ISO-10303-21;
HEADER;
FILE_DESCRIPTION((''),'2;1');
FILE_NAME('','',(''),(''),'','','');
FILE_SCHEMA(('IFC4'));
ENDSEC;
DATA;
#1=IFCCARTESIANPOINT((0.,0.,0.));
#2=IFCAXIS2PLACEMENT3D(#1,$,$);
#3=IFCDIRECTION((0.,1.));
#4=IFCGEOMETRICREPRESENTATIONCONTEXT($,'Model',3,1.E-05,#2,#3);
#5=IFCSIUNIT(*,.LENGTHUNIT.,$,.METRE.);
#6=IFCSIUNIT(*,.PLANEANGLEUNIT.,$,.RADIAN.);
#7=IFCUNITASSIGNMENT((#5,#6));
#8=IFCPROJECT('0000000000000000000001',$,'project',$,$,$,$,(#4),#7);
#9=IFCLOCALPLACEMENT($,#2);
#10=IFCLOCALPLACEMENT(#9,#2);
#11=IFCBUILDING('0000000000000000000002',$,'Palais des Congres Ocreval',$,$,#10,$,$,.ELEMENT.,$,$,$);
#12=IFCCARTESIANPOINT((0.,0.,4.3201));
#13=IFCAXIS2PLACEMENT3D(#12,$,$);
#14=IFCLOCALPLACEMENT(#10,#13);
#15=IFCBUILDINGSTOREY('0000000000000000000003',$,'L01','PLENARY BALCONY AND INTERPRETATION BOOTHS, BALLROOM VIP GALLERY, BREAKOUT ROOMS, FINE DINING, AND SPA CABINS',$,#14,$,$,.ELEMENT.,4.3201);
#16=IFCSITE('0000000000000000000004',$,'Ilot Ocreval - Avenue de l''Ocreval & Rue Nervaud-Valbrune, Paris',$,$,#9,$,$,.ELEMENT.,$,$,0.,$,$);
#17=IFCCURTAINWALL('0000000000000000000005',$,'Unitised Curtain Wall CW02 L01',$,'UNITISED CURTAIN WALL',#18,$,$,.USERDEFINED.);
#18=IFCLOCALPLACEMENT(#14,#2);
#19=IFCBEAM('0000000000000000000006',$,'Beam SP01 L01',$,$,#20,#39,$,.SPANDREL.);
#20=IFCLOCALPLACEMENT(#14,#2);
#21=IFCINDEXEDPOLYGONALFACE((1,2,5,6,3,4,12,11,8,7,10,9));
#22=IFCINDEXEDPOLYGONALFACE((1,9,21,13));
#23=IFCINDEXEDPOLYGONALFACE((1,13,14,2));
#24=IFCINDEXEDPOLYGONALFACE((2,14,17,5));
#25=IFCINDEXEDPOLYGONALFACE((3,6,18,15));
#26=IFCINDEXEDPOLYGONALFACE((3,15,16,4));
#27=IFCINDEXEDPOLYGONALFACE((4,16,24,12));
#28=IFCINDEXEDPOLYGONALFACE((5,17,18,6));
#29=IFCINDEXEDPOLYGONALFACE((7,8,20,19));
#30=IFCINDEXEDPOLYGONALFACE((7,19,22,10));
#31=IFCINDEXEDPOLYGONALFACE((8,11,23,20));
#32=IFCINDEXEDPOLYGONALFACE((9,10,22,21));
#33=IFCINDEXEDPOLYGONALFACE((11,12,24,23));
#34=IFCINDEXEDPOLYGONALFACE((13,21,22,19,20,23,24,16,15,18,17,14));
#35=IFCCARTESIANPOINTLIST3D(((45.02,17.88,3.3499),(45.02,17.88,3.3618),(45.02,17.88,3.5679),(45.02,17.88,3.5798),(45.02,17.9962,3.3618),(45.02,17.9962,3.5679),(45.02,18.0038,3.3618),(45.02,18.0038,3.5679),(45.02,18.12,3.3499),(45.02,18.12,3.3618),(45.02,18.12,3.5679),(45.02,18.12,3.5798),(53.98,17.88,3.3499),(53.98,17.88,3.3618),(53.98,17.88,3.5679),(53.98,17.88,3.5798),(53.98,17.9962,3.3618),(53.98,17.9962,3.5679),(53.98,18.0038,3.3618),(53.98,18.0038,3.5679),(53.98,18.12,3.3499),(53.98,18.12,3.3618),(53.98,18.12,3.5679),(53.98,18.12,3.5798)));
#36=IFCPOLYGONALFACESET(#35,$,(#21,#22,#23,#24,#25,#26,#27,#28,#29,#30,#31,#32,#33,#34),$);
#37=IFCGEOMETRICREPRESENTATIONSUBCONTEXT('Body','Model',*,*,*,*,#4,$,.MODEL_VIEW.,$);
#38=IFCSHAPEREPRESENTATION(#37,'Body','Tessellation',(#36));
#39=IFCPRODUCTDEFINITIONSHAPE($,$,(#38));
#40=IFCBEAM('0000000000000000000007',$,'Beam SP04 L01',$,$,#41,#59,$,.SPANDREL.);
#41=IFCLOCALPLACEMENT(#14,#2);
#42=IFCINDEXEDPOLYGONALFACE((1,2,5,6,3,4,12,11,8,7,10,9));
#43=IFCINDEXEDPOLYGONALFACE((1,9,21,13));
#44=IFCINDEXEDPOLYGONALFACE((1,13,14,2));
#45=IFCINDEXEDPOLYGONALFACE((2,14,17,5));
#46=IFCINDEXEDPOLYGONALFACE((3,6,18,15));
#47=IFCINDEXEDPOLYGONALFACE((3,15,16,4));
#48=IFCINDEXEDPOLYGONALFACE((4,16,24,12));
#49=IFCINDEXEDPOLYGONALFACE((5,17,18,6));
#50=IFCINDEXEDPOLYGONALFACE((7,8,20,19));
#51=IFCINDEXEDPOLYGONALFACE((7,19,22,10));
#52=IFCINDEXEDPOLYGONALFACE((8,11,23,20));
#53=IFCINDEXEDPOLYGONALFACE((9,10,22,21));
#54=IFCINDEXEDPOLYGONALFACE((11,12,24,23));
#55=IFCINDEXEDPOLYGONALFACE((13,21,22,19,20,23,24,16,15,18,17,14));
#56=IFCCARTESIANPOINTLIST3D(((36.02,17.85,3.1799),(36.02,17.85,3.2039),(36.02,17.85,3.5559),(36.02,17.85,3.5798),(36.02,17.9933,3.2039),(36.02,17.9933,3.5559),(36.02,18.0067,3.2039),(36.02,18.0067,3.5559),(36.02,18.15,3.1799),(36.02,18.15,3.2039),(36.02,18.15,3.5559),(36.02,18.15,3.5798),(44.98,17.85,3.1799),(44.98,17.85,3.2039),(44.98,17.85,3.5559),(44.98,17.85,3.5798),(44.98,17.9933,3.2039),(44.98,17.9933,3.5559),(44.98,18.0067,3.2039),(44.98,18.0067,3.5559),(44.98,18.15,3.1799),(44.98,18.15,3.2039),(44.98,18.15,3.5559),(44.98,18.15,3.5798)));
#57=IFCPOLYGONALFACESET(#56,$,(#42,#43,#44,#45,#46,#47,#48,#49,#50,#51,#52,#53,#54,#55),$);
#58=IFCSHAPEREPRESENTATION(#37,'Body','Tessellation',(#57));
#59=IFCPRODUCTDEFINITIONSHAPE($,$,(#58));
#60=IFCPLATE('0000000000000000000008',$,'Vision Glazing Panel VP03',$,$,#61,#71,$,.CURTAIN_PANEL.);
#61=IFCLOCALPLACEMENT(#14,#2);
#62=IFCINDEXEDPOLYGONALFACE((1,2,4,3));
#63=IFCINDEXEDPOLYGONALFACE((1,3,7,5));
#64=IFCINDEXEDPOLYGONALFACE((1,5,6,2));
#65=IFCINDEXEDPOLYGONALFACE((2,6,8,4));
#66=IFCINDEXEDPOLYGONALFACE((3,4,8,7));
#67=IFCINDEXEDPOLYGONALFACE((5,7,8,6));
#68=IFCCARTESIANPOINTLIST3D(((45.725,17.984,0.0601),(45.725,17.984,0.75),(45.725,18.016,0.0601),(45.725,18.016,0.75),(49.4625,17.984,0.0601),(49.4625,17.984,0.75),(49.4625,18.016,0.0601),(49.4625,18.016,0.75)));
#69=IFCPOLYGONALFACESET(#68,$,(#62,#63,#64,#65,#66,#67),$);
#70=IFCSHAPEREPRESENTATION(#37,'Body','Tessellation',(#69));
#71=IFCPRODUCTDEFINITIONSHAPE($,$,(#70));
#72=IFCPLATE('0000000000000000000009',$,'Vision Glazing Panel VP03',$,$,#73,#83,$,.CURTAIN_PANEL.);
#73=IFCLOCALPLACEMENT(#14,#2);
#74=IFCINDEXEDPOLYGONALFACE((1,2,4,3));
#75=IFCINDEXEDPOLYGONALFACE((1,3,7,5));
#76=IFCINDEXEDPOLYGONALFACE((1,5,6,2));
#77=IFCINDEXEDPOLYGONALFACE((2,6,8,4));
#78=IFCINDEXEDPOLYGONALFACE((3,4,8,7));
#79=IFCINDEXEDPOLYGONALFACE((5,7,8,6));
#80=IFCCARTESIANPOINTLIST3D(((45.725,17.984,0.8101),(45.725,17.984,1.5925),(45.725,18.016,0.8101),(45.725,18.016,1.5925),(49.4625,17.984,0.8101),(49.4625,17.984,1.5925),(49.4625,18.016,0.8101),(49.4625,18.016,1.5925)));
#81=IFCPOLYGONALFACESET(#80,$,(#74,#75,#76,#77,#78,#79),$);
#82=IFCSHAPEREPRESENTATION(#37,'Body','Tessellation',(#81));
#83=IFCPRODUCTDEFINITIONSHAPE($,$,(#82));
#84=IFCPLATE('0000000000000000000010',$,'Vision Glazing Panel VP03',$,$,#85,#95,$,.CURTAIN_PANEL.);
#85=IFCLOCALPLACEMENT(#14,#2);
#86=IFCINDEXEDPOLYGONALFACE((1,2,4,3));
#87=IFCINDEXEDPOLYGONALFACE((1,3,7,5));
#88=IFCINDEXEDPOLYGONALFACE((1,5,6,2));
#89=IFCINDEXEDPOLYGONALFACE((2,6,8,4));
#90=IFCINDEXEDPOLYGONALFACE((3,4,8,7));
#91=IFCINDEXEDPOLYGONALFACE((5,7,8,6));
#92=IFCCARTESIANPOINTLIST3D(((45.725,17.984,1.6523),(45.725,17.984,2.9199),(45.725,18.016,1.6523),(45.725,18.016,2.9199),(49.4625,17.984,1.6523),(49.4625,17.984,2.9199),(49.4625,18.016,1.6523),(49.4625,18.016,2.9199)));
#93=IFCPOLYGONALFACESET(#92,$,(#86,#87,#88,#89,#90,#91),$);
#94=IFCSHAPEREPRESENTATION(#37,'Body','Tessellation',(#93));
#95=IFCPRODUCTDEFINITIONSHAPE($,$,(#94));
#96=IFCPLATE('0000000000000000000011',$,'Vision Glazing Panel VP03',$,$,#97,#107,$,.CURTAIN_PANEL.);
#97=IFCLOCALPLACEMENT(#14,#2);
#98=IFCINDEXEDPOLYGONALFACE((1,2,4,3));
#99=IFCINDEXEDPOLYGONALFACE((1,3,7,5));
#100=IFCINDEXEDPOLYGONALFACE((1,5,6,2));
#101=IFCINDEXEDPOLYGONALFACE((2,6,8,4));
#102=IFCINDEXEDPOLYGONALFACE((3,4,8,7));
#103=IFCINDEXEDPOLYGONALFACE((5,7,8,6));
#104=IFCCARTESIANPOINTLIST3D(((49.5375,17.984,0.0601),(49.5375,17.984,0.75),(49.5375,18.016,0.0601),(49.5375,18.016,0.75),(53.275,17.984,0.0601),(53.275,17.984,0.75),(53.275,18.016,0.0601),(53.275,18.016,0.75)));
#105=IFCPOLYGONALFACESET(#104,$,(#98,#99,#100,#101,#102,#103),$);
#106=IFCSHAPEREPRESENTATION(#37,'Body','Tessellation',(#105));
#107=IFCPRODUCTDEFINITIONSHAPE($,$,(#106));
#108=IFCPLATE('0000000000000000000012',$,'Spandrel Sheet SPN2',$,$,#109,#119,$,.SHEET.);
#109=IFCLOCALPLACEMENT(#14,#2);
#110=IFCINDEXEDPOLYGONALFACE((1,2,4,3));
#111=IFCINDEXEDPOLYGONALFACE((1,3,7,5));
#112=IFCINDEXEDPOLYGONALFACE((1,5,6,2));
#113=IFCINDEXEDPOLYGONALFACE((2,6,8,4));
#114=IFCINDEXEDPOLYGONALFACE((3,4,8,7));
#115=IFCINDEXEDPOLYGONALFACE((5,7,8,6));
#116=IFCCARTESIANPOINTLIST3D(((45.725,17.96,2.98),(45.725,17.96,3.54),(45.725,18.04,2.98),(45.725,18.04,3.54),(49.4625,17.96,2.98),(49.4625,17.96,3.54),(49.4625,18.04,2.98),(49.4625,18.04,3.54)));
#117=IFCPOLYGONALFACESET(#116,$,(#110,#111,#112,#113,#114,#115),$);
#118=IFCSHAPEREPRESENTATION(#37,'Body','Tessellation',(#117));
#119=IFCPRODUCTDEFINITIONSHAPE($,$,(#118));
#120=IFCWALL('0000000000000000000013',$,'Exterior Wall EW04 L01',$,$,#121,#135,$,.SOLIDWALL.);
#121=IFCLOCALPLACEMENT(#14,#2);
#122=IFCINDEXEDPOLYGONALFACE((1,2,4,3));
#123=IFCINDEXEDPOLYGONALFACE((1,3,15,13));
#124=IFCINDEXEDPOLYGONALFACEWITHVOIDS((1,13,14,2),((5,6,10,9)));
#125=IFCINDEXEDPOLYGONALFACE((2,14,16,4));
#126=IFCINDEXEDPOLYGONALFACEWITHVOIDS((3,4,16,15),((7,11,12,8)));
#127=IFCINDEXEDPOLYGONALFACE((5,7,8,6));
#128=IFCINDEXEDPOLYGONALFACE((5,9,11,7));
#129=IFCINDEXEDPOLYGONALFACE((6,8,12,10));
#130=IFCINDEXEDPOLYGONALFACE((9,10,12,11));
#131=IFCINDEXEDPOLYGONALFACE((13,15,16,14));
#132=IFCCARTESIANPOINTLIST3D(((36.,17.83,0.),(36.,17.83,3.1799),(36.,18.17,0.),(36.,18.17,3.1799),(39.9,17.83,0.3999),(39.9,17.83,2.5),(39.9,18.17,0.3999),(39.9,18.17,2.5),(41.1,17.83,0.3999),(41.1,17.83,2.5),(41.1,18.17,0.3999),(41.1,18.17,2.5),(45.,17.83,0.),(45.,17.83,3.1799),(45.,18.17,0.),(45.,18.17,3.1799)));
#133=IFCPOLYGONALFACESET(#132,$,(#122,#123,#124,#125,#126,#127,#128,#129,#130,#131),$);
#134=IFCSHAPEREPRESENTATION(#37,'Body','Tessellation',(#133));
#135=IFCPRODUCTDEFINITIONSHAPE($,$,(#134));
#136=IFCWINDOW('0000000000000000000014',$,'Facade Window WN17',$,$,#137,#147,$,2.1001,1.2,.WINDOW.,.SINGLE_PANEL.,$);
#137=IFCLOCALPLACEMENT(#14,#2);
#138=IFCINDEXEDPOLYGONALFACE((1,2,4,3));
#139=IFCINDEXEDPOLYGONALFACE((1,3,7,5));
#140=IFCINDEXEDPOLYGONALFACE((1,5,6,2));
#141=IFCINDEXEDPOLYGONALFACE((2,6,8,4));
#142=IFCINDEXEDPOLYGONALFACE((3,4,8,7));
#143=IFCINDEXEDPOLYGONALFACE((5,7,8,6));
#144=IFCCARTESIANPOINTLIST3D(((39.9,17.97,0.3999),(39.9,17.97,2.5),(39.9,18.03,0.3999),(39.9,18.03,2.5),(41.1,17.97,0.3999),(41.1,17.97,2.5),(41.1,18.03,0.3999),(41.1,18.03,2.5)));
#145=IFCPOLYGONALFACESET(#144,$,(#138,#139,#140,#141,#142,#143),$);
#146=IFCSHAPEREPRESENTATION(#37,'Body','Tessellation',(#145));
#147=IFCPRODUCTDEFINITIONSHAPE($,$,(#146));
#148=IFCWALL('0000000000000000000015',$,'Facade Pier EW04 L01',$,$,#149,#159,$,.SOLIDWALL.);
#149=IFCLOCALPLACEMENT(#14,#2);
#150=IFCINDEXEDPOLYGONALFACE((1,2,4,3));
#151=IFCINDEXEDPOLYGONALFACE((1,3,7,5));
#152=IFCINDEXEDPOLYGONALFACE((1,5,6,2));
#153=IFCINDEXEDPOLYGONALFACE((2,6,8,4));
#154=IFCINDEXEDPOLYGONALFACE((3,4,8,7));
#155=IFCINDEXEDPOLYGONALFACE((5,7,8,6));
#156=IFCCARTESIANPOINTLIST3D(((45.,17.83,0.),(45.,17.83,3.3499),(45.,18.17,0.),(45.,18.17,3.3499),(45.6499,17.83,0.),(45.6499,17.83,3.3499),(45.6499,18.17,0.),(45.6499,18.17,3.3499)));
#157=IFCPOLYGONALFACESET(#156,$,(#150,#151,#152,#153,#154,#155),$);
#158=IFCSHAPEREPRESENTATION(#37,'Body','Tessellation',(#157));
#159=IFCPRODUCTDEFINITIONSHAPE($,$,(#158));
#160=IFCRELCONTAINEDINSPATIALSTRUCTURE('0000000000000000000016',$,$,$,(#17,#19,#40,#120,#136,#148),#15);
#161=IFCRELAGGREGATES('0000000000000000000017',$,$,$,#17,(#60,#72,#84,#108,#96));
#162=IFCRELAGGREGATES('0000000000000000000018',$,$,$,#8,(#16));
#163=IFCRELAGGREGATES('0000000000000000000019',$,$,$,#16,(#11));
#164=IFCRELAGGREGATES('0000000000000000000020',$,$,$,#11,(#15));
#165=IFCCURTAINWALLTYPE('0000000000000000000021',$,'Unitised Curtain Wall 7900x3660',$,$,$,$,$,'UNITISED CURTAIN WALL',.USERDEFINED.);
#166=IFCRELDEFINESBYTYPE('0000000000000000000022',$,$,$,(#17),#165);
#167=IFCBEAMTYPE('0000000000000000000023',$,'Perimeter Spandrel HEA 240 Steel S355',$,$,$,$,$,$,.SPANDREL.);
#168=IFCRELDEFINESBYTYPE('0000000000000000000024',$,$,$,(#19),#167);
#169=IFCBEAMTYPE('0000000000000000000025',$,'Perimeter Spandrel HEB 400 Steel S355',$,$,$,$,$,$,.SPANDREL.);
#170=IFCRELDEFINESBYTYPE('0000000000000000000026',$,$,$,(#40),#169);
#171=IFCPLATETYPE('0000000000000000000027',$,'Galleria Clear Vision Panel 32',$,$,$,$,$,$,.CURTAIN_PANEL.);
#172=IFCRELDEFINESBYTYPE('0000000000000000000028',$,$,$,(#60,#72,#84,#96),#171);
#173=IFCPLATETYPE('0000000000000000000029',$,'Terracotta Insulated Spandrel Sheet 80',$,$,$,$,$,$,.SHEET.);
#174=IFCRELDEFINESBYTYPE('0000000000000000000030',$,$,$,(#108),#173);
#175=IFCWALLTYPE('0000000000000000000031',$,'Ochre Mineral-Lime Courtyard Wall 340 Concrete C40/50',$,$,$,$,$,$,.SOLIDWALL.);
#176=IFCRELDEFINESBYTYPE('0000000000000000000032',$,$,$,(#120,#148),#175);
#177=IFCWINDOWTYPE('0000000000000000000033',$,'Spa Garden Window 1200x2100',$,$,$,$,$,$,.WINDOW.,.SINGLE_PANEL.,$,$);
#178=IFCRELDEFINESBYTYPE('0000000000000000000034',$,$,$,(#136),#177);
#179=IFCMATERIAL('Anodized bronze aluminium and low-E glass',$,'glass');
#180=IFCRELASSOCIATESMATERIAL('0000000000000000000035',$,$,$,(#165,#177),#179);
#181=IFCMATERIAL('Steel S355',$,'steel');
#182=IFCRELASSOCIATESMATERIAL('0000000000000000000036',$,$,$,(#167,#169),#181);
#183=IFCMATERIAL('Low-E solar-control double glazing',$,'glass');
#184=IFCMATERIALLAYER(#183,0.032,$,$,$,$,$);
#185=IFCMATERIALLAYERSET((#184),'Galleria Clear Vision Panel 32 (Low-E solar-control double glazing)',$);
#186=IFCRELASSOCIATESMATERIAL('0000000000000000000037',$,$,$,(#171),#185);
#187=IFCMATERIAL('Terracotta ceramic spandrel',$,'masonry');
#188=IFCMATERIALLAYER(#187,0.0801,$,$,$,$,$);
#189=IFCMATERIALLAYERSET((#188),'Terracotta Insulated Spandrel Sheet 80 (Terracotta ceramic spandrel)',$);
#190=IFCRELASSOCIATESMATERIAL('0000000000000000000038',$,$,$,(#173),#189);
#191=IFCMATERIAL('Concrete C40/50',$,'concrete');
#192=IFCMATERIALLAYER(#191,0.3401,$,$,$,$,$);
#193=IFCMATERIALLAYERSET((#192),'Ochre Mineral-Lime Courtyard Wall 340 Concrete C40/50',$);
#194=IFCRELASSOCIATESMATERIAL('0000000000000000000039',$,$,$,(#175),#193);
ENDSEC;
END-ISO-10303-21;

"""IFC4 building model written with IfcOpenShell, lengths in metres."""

from ifc_helpers import new_model, si_unit, direction, frame, frame_2d, origin, origin_2d, place, context, subcontext, project, spatial, rectangle, i_section, extrude, material, layer, layer_set, material_profile, profile_set, type_object, element, fill, aggregate, save


model = new_model("IFC4")

# Units and contexts
model_context = context("Model", 3, precision=1e-05, world=origin(), true_north=direction((0.0, 1.0)))
body_context = subcontext(model_context, "Body", "Model", "MODEL_VIEW")
ifc_project = project(units=[si_unit("LENGTHUNIT", "METRE"), si_unit("PLANEANGLEUNIT", "RADIAN")], contexts=[model_context])

# Site, building, storey
site_placement = place(None, origin())
site = spatial("IfcSite", under=ifc_project, at=site_placement, Name="Ilot Ocreval - Avenue de l'Ocreval & Rue Nervaud-Valbrune, Paris", CompositionType="ELEMENT", RefElevation=0.0)
building_placement = place(site_placement, origin())
building = spatial("IfcBuilding", under=site, at=building_placement, Name="Palais des Congres Ocreval", CompositionType="ELEMENT")
storey_placement = place(building_placement, frame((0.0, 0.0, 4.3201)))
storey = spatial("IfcBuildingStorey", under=building, at=storey_placement, Name="L01", Description="PLENARY BALCONY AND INTERPRETATION BOOTHS, BALLROOM VIP GALLERY, BREAKOUT ROOMS, FINE DINING, AND SPA CABINS", CompositionType="ELEMENT", Elevation=4.3201)

# Shared definitions
ifc_material_1 = material(Name="Concrete C40/50", Category="concrete")

# Curtain wall
ifc_material_2 = material(Name="Anodized bronze aluminium and low-E glass", Category="glass")
curtain_wall_type = type_object("IfcCurtainWallType", Name="Unitised Curtain Wall 7900x3660", ElementType="UNITISED CURTAIN WALL", PredefinedType="USERDEFINED", material=ifc_material_2)
curtain_wall_placement = place(storey_placement, origin())
curtain_wall = element("IfcCurtainWall", 1, at=curtain_wall_placement, inside=storey, type_object=curtain_wall_type, Name="Unitised Curtain Wall CW02 L01", ObjectType="UNITISED CURTAIN WALL", PredefinedType="USERDEFINED")

# Beams
ifc_material_3 = material(Name="Steel S355", Category="steel")
ifc_material_profile_1 = material_profile(ifc_material_3, i_section(OverallWidth=0.24, OverallDepth=0.23, WebThickness=0.0076, FlangeThickness=0.012, at=origin_2d()), Name="HEA 240")
ifc_profile_set_1 = profile_set([ifc_material_profile_1], Name="Steel S355")
beam_type_1 = type_object("IfcBeamType", Name="Perimeter Spandrel HEA 240 Steel S355", PredefinedType="SPANDREL", material=ifc_profile_set_1)
beam_1_placement = place(storey_placement, frame((45.02, 18.0, 3.4648), z_axis=(1.0, 0.0, 0.0), x_axis=(0.0, 1.0, 0.0)))
element("IfcBeam", 2, at=beam_1_placement, inside=storey, type_object=beam_type_1, Name="Beam SP01 L01", PredefinedType="SPANDREL", context=body_context, shape_type="SweptSolid", body=[
    extrude(i_section(OverallWidth=0.24, OverallDepth=0.23, WebThickness=0.0076, FlangeThickness=0.012, at=origin_2d()), origin(), (0.0, 0.0, 1.0), 8.96),
])
ifc_material_profile_2 = material_profile(ifc_material_3, i_section(OverallWidth=0.3, OverallDepth=0.3999, WebThickness=0.0134, FlangeThickness=0.0239, at=origin_2d()), Name="HEB 400")
ifc_profile_set_2 = profile_set([ifc_material_profile_2], Name="Steel S355")
beam_type_2 = type_object("IfcBeamType", Name="Perimeter Spandrel HEB 400 Steel S355", PredefinedType="SPANDREL", material=ifc_profile_set_2)
beam_2_placement = place(storey_placement, frame((36.02, 18.0, 3.3799), z_axis=(1.0, 0.0, 0.0), x_axis=(0.0, 1.0, 0.0)))
element("IfcBeam", 3, at=beam_2_placement, inside=storey, type_object=beam_type_2, Name="Beam SP04 L01", PredefinedType="SPANDREL", context=body_context, shape_type="SweptSolid", body=[
    extrude(i_section(OverallWidth=0.3, OverallDepth=0.3999, WebThickness=0.0134, FlangeThickness=0.0239, at=origin_2d()), origin(), (0.0, 0.0, 1.0), 8.96),
])

# Plates
ifc_material_4 = material(Name="Low-E solar-control double glazing", Category="glass")
ifc_layer_1 = layer(ifc_material_4, 0.032)
ifc_layer_set_1 = layer_set([ifc_layer_1], Name="Galleria Clear Vision Panel 32 (Low-E solar-control double glazing)")
plate_type_1 = type_object("IfcPlateType", Name="Galleria Clear Vision Panel 32", PredefinedType="CURTAIN_PANEL", material=ifc_layer_set_1)
plate_1_placement = place(storey_placement, frame((47.5938, 18.0, 0.0601), z_axis=(0.0, 0.0, 1.0), x_axis=(1.0, 0.0, 0.0)))
plate_1 = element("IfcPlate", 4, at=plate_1_placement, type_object=plate_type_1, Name="Vision Glazing Panel VP03", PredefinedType="CURTAIN_PANEL", context=body_context, shape_type="SweptSolid", body=[
    extrude(rectangle(XDim=3.7375, YDim=0.032, at=origin_2d()), origin(), (0.0, 0.0, 1.0), 0.6899),
])
plate_2_placement = place(storey_placement, frame((47.5938, 18.0, 0.8101), z_axis=(0.0, 0.0, 1.0), x_axis=(1.0, 0.0, 0.0)))
plate_2 = element("IfcPlate", 5, at=plate_2_placement, type_object=plate_type_1, Name="Vision Glazing Panel VP03", PredefinedType="CURTAIN_PANEL", context=body_context, shape_type="SweptSolid", body=[
    extrude(rectangle(XDim=3.7375, YDim=0.032, at=origin_2d()), origin(), (0.0, 0.0, 1.0), 0.7825),
])
plate_3_placement = place(storey_placement, frame((47.5938, 18.0, 1.6523), z_axis=(0.0, 0.0, 1.0), x_axis=(1.0, 0.0, 0.0)))
plate_3 = element("IfcPlate", 6, at=plate_3_placement, type_object=plate_type_1, Name="Vision Glazing Panel VP03", PredefinedType="CURTAIN_PANEL", context=body_context, shape_type="SweptSolid", body=[
    extrude(rectangle(XDim=3.7375, YDim=0.032, at=origin_2d()), origin(), (0.0, 0.0, 1.0), 1.2676),
])
plate_4_placement = place(storey_placement, frame((51.4062, 18.0, 0.0601), z_axis=(0.0, 0.0, 1.0), x_axis=(1.0, 0.0, 0.0)))
plate_4 = element("IfcPlate", 7, at=plate_4_placement, type_object=plate_type_1, Name="Vision Glazing Panel VP03", PredefinedType="CURTAIN_PANEL", context=body_context, shape_type="SweptSolid", body=[
    extrude(rectangle(XDim=3.7375, YDim=0.032, at=origin_2d()), origin(), (0.0, 0.0, 1.0), 0.6899),
])
ifc_material_5 = material(Name="Terracotta ceramic spandrel", Category="masonry")
ifc_layer_2 = layer(ifc_material_5, 0.0801)
ifc_layer_set_2 = layer_set([ifc_layer_2], Name="Terracotta Insulated Spandrel Sheet 80 (Terracotta ceramic spandrel)")
plate_type_2 = type_object("IfcPlateType", Name="Terracotta Insulated Spandrel Sheet 80", PredefinedType="SHEET", material=ifc_layer_set_2)
plate_5_placement = place(storey_placement, frame((47.5938, 18.0, 2.98), z_axis=(0.0, 0.0, 1.0), x_axis=(1.0, 0.0, 0.0)))
plate_5 = element("IfcPlate", 8, at=plate_5_placement, type_object=plate_type_2, Name="Spandrel Sheet SPN2", PredefinedType="SHEET", context=body_context, shape_type="SweptSolid", body=[
    extrude(rectangle(XDim=3.7375, YDim=0.0801, at=origin_2d()), origin(), (0.0, 0.0, 1.0), 0.5601),
])
aggregate(curtain_wall, [plate_1, plate_2, plate_3, plate_5, plate_4])

# Wall, opening, window
ifc_layer_3 = layer(ifc_material_1, 0.3401)
ifc_layer_set_3 = layer_set([ifc_layer_3], Name="Ochre Mineral-Lime Courtyard Wall 340 Concrete C40/50")
wall_type = type_object("IfcWallType", Name="Ochre Mineral-Lime Courtyard Wall 340 Concrete C40/50", PredefinedType="SOLIDWALL", material=ifc_layer_set_3)
wall_1_placement = place(storey_placement, frame((36.0, 18.0, 0.0), z_axis=(0.0, 0.0, 1.0), x_axis=(1.0, 0.0, 0.0)))
wall_1 = element("IfcWall", 9, at=wall_1_placement, inside=storey, type_object=wall_type, Name="Exterior Wall EW04 L01", PredefinedType="SOLIDWALL", context=body_context, shape_type="SweptSolid", body=[
    extrude(rectangle(XDim=9.0, YDim=0.3401, at=frame_2d((4.5, 0.0))), origin(), (0.0, 0.0, 1.0), 3.1799),
])
opening_placement = place(wall_1_placement, frame((3.8999, 0.0, 0.3999)))
opening = element("IfcOpeningElement", 10, at=opening_placement, cuts=wall_1, PredefinedType="OPENING", context=body_context, shape_type="SweptSolid", body=[
    extrude(rectangle(XDim=1.2, YDim=2.1001, at=frame_2d((0.6001, 1.05))), frame((0.0, 0.1799, 0.0), z_axis=(0.0, -1.0, 0.0), x_axis=(1.0, 0.0, 0.0)), (0.0, 0.0, 1.0), 0.3601),
])
window_type = type_object("IfcWindowType", Name="Spa Garden Window 1200x2100", PartitioningType="SINGLE_PANEL", PredefinedType="WINDOW", material=ifc_material_2)
window_placement = place(opening_placement, origin())
window = element("IfcWindow", 11, at=window_placement, inside=storey, type_object=window_type, Name="Facade Window WN17", OverallHeight=2.1001, OverallWidth=1.2, PartitioningType="SINGLE_PANEL", PredefinedType="WINDOW", context=body_context, shape_type="SweptSolid", body=[
    extrude(rectangle(XDim=1.2, YDim=2.1001, at=frame_2d((0.6001, 1.05))), frame((0.0, 0.03, 0.0), z_axis=(0.0, -1.0, 0.0), x_axis=(1.0, 0.0, 0.0)), (0.0, 0.0, 1.0), 0.0601),
])
fill(opening, window)

# Wall
wall_2_placement = place(storey_placement, frame((45.0, 18.0, 0.0), z_axis=(0.0, 0.0, 1.0), x_axis=(1.0, 0.0, 0.0)))
element("IfcWall", 12, at=wall_2_placement, inside=storey, type_object=wall_type, Name="Facade Pier EW04 L01", PredefinedType="SOLIDWALL", context=body_context, shape_type="SweptSolid", body=[
    extrude(rectangle(XDim=0.6499, YDim=0.3401, at=frame_2d((0.325, 0.0))), origin(), (0.0, 0.0, 1.0), 3.3499),
])

save(model, "model.ifc")
